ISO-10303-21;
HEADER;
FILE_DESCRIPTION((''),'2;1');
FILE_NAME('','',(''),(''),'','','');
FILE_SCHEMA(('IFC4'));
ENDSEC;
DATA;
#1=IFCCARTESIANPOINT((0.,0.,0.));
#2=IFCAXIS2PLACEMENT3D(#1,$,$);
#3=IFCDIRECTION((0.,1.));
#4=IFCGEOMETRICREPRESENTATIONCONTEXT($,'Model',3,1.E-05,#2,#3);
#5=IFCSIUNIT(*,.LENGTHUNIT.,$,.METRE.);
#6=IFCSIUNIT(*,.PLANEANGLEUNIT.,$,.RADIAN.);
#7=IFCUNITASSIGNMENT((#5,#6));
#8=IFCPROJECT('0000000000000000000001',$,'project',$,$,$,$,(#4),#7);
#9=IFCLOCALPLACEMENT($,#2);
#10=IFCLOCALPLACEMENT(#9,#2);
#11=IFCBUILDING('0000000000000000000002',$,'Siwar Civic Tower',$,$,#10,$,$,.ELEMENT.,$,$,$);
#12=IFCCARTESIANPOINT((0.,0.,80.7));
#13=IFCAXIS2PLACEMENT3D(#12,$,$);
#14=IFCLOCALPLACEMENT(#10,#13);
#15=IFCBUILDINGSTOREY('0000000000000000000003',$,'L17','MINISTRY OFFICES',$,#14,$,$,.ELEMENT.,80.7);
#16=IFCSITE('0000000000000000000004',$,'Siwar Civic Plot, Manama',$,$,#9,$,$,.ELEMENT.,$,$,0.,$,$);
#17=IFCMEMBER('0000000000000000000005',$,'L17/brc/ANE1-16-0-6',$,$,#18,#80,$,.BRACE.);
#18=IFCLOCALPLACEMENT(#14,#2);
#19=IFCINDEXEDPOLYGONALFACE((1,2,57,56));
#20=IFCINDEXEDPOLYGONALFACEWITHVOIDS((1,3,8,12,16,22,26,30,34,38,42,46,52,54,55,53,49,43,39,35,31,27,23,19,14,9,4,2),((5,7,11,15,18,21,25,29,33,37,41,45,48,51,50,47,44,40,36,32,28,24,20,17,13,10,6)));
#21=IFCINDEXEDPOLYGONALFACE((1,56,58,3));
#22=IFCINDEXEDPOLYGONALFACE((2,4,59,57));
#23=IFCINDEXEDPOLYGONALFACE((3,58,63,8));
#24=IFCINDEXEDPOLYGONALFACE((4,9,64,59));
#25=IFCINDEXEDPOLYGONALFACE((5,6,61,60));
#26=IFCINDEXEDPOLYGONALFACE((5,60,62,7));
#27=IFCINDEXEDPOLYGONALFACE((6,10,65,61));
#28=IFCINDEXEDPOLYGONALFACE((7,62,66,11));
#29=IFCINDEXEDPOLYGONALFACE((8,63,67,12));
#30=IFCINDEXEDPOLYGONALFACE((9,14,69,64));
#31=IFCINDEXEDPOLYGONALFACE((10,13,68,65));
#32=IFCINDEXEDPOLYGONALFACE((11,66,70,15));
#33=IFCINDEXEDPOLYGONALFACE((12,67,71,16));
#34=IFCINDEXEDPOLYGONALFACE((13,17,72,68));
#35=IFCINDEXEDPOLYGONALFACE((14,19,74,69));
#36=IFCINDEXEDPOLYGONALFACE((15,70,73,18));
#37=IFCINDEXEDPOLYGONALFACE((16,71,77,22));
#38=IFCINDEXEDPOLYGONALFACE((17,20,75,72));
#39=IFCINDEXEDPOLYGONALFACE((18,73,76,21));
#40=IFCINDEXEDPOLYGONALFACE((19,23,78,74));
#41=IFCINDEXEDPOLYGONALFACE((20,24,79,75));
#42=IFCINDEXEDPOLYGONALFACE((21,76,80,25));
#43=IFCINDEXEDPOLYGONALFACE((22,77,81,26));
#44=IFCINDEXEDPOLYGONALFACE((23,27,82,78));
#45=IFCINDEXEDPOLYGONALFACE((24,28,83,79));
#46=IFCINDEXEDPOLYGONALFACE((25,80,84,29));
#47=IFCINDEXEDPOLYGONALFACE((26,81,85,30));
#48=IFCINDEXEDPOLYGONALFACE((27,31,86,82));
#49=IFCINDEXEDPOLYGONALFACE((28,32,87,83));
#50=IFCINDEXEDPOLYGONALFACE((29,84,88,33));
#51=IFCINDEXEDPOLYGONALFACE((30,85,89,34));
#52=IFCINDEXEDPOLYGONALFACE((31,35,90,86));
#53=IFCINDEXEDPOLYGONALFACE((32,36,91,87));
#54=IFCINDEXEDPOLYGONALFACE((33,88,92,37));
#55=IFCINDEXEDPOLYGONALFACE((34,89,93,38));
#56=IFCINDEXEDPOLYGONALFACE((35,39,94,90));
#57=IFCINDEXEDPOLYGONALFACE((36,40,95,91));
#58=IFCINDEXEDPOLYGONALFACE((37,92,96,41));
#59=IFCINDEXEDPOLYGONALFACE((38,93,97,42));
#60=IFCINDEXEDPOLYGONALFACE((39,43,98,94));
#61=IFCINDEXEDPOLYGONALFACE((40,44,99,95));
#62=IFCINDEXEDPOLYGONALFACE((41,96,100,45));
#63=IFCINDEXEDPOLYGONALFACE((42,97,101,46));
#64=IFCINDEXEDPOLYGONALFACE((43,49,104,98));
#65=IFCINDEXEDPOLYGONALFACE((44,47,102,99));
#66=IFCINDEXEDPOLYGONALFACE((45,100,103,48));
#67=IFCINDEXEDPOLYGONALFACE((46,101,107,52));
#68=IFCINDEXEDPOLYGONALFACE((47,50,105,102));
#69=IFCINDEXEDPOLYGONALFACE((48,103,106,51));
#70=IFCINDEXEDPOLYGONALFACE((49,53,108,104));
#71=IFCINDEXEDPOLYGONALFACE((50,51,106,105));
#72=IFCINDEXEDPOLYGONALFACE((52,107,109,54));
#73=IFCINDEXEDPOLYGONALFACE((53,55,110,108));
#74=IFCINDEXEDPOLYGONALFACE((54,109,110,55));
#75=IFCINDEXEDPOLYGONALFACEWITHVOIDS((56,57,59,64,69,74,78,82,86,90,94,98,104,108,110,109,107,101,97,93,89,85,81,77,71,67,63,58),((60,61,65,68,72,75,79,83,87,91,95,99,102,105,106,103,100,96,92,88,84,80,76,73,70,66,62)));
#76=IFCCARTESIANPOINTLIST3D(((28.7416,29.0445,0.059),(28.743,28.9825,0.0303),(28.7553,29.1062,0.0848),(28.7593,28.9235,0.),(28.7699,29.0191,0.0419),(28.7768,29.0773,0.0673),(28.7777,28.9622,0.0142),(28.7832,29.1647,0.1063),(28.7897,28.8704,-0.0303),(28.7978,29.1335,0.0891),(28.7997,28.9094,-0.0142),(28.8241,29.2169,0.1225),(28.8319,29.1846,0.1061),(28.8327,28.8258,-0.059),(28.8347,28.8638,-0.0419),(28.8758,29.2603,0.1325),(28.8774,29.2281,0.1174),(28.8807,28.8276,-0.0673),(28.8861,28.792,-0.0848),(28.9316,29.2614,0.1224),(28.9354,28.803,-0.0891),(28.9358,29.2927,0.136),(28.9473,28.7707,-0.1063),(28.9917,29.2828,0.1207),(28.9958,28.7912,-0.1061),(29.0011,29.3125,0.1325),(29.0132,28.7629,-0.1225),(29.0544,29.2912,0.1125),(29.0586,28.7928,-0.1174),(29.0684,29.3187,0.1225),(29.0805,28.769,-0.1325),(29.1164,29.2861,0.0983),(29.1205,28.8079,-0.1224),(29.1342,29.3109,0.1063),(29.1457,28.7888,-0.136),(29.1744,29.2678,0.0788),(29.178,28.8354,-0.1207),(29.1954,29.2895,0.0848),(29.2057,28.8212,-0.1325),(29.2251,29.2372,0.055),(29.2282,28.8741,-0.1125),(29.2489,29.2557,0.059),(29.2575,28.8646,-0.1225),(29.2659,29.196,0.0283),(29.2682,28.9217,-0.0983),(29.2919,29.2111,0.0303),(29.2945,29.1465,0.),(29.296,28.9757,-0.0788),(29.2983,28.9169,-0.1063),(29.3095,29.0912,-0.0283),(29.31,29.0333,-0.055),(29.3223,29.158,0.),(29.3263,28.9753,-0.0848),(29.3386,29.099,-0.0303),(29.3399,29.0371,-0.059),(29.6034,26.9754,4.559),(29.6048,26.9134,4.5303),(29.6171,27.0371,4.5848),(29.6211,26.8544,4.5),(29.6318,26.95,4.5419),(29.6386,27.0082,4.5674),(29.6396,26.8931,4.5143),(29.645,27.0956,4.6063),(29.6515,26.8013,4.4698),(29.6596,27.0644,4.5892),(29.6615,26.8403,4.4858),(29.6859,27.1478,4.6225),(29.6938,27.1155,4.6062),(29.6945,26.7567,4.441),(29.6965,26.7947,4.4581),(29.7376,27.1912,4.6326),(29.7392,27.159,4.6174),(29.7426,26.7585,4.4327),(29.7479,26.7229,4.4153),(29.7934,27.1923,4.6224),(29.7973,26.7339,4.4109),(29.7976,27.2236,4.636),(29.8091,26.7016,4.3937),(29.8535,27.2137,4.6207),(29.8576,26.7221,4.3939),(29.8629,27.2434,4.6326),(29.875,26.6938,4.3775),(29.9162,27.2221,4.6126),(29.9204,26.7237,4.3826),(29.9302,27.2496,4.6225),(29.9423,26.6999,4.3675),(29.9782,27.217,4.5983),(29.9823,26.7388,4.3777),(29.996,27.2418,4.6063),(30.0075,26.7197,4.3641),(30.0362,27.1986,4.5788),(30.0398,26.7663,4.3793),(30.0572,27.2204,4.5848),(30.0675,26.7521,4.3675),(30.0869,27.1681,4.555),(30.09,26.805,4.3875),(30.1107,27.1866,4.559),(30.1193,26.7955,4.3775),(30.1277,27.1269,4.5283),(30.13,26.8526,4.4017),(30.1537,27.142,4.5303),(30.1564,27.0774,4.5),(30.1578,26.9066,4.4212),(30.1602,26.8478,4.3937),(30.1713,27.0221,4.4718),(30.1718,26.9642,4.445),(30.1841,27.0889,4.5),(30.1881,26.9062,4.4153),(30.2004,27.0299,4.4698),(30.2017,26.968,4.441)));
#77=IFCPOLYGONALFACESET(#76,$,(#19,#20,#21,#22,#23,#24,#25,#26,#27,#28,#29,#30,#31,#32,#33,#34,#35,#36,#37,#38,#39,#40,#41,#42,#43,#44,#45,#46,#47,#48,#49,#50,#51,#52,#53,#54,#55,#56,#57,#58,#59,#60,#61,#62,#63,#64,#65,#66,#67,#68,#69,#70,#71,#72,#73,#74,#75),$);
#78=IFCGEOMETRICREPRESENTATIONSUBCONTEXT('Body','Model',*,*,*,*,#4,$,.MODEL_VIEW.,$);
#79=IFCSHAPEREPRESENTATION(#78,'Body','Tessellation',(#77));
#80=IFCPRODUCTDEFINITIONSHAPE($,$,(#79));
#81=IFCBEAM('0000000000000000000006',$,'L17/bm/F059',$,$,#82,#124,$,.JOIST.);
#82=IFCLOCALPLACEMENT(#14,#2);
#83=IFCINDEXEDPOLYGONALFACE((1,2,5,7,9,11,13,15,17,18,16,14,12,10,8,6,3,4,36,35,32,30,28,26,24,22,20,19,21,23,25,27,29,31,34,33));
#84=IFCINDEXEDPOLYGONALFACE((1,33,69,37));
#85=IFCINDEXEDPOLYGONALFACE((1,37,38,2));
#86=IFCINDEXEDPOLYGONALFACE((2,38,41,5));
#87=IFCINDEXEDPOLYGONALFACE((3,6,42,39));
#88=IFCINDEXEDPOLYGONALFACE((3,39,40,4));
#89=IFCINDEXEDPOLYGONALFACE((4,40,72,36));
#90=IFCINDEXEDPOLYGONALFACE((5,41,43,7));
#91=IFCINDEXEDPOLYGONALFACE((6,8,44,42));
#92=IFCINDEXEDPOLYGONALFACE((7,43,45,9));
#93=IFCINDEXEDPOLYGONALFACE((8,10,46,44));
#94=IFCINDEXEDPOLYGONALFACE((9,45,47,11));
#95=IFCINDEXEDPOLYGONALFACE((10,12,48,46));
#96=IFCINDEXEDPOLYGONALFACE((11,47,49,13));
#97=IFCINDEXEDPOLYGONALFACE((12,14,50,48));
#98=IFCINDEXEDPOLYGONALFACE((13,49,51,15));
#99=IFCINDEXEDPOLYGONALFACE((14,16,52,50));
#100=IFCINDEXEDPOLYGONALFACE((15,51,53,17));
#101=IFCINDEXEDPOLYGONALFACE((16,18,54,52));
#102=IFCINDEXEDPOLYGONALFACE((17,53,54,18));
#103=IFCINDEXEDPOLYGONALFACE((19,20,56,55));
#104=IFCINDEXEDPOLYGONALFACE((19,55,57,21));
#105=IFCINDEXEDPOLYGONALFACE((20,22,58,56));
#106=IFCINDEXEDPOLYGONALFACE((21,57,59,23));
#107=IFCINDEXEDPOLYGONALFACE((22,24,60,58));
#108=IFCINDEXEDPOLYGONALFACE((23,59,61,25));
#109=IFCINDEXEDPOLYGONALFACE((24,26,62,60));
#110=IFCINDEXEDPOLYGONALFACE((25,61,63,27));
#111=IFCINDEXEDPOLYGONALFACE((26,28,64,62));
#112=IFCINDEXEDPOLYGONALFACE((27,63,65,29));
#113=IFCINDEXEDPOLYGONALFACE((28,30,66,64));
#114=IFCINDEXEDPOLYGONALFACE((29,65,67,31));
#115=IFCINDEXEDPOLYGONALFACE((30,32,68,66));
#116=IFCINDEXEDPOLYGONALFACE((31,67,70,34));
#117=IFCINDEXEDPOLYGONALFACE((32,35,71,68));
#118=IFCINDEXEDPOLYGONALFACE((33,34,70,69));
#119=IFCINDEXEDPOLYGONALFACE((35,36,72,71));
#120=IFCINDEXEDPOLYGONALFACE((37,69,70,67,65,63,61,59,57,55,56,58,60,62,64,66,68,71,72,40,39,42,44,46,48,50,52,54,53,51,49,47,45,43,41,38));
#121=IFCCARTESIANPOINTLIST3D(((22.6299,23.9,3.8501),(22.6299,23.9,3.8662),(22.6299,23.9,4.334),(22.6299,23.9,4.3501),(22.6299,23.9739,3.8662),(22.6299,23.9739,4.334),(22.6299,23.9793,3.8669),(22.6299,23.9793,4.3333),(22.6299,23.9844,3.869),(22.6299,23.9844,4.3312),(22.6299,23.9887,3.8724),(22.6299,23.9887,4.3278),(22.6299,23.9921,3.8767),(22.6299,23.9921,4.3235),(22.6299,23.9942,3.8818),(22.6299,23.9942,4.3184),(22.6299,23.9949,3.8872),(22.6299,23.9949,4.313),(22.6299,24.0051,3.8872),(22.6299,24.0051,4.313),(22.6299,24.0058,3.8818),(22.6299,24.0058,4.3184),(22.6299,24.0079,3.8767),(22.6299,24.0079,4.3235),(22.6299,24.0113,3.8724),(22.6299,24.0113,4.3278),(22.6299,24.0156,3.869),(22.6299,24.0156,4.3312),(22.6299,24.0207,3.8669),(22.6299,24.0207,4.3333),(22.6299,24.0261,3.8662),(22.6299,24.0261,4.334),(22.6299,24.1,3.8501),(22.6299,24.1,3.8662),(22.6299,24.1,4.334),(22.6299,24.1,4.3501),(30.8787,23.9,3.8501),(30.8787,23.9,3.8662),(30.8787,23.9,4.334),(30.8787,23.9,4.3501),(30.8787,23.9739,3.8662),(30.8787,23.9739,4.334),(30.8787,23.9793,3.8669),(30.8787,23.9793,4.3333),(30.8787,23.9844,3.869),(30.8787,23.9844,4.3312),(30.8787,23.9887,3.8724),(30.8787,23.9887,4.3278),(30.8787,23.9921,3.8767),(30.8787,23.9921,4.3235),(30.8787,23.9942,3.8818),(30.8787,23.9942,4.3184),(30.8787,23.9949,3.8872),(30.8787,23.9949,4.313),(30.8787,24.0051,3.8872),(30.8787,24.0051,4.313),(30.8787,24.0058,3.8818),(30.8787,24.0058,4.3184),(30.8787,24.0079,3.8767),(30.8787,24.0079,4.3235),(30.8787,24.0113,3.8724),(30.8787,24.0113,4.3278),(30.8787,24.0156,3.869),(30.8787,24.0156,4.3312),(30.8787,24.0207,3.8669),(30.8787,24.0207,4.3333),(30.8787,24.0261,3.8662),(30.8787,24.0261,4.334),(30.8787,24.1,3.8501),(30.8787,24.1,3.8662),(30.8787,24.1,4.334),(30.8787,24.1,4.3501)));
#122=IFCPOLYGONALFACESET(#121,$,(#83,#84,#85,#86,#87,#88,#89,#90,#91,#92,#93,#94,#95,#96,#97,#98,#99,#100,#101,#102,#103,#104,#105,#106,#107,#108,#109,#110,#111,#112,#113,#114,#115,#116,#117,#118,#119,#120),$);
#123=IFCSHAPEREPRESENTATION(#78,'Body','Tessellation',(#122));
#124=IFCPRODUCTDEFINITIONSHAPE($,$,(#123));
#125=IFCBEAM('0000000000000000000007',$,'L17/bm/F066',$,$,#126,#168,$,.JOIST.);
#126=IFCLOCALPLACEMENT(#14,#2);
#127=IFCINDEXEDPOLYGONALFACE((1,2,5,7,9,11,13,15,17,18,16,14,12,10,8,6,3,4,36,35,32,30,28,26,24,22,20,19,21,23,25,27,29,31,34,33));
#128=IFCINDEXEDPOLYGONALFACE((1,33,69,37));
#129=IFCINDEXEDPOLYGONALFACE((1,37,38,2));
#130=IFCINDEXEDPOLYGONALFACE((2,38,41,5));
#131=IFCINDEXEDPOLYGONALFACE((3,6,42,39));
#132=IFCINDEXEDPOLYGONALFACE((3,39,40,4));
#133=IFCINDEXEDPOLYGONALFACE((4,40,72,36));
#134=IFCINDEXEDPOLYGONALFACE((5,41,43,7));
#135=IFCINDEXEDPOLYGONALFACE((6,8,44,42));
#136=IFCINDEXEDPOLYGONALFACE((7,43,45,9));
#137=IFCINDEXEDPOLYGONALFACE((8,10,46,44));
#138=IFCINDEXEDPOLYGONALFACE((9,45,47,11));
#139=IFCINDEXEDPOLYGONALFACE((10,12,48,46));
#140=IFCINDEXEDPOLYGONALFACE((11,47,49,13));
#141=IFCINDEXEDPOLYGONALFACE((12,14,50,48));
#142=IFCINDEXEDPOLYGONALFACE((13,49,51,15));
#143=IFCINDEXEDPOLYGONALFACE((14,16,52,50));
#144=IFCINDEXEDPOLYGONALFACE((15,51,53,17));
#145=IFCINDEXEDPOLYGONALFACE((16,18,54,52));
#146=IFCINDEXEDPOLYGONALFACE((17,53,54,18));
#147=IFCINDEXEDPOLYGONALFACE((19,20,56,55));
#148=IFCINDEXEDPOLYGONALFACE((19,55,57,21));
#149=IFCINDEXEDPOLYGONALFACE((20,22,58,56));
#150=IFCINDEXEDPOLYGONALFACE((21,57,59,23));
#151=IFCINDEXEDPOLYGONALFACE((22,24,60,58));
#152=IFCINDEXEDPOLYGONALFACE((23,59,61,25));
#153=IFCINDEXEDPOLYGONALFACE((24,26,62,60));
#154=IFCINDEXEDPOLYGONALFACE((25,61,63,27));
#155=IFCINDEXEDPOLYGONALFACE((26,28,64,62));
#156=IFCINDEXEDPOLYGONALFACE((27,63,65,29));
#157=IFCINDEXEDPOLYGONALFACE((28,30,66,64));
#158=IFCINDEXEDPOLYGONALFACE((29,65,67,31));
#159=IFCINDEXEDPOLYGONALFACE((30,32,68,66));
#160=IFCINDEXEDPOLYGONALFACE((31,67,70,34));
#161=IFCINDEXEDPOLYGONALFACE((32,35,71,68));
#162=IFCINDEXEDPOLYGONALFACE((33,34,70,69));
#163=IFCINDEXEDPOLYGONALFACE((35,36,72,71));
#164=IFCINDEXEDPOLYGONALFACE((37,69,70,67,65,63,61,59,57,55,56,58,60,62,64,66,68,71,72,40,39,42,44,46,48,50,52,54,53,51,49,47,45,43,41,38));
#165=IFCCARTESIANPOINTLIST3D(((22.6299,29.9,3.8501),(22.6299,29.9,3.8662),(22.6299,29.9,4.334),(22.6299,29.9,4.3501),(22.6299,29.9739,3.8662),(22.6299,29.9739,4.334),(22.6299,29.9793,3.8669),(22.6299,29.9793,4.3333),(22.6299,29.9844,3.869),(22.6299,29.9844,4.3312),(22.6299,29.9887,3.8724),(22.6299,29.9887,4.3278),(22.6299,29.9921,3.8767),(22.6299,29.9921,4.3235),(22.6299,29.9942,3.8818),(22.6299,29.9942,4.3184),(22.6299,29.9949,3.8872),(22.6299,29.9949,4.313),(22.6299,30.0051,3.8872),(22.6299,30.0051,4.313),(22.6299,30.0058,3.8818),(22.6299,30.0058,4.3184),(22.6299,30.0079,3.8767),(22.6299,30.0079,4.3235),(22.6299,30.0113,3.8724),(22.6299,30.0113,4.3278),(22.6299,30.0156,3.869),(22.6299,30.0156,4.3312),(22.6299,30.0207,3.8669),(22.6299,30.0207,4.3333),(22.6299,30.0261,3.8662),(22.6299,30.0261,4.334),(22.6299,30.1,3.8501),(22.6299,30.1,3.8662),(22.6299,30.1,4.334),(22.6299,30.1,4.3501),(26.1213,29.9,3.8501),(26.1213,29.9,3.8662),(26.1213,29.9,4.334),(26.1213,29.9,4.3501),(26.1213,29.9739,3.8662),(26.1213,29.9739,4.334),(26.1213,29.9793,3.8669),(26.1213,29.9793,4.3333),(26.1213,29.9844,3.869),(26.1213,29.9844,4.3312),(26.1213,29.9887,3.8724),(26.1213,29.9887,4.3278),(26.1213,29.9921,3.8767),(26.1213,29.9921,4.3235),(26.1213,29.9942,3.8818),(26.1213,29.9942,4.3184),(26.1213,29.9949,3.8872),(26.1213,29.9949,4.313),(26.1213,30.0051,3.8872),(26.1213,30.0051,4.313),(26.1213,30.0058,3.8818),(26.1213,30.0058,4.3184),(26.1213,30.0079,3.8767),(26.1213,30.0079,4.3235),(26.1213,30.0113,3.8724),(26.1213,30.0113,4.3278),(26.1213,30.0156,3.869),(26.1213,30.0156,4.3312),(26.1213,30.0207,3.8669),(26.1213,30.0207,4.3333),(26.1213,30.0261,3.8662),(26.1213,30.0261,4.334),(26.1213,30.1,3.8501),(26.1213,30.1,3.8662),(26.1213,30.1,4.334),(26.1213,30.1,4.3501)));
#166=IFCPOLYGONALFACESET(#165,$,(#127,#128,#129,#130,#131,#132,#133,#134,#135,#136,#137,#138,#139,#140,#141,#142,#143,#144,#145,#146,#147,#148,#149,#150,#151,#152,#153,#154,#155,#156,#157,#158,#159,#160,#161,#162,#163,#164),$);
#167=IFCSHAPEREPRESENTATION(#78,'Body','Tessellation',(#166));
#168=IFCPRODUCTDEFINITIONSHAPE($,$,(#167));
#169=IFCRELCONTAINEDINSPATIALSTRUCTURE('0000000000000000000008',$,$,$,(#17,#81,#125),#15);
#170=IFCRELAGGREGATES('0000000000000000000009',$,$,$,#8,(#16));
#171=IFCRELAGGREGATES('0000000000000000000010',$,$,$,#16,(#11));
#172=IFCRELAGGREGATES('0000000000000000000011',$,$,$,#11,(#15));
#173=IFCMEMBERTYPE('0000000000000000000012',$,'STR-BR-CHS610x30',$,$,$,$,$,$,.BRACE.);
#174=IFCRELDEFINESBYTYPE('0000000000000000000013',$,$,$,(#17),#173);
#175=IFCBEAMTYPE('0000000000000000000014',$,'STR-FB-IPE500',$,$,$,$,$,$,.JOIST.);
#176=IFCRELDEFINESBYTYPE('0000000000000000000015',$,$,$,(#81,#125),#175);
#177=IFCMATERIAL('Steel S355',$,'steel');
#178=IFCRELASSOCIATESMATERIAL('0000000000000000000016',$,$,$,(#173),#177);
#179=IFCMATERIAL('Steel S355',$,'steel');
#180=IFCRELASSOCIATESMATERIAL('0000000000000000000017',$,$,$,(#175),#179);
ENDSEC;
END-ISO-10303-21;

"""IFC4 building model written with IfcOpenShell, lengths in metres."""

from ifc_helpers import new_model, si_unit, direction, frame, origin, origin_2d, place, context, subcontext, project, spatial, hollow_circle, i_section, extrude, material, material_profile, profile_set, type_object, element, save


model = new_model("IFC4")

# Units and contexts
model_context = context("Model", 3, precision=1e-05, world=origin(), true_north=direction((0.0, 1.0)))
body_context = subcontext(model_context, "Body", "Model", "MODEL_VIEW")
ifc_project = project(units=[si_unit("LENGTHUNIT", "METRE"), si_unit("PLANEANGLEUNIT", "RADIAN")], contexts=[model_context])

# Site, building, storey
site_placement = place(None, origin())
site = spatial("IfcSite", under=ifc_project, at=site_placement, Name="Siwar Civic Plot, Manama", CompositionType="ELEMENT", RefElevation=0.0)
building_placement = place(site_placement, origin())
building = spatial("IfcBuilding", under=site, at=building_placement, Name="Siwar Civic Tower", CompositionType="ELEMENT")
storey_placement = place(building_placement, frame((0.0, 0.0, 80.7)))
storey = spatial("IfcBuildingStorey", under=building, at=storey_placement, Name="L17", Description="MINISTRY OFFICES", CompositionType="ELEMENT", Elevation=80.7)

# Member
ifc_material_1 = material(Name="Steel S355", Category="steel")
ifc_material_profile_1 = material_profile(ifc_material_1, hollow_circle(Radius=0.3049, WallThickness=0.03, at=origin_2d()), Name="CHS610x30")
ifc_profile_set_1 = profile_set([ifc_material_profile_1], Name="Steel S355")
member_type_1 = type_object("IfcMemberType", Name="STR-BR-CHS610x30", PredefinedType="BRACE", material=ifc_profile_set_1)
member_1_placement = place(storey_placement, frame((29.0408, 29.0408, 0.0), z_axis=(0.171427, -0.41157, 0.895111), x_axis=(0.923125, 0.384499, 0.0)))
element("IfcMember", 1, at=member_1_placement, inside=storey, type_object=member_type_1, Name="L17/brc/ANE1-16-0-6", PredefinedType="BRACE", context=body_context, shape_type="SweptSolid", body=[
    extrude(hollow_circle(Radius=0.3049, WallThickness=0.03, at=origin_2d()), origin(), (0.0, 0.0, 1.0), 5.0273),
])

# Beams
ifc_material_2 = material(Name="Steel S355", Category="steel")
ifc_material_profile_2 = material_profile(ifc_material_2, i_section(OverallWidth=0.2, OverallDepth=0.5, WebThickness=0.0103, FlangeThickness=0.0161, FilletRadius=0.021, at=origin_2d()), Name="IPE500")
ifc_profile_set_2 = profile_set([ifc_material_profile_2], Name="Steel S355")
beam_type_1 = type_object("IfcBeamType", Name="STR-FB-IPE500", PredefinedType="JOIST", material=ifc_profile_set_2)
beam_1_placement = place(storey_placement, frame((22.6299, 24.0, 4.1001), z_axis=(1.0, 0.0, 0.0), x_axis=(0.0, 1.0, 0.0)))
element("IfcBeam", 2, at=beam_1_placement, inside=storey, type_object=beam_type_1, Name="L17/bm/F059", PredefinedType="JOIST", context=body_context, shape_type="SweptSolid", body=[
    extrude(i_section(OverallWidth=0.2, OverallDepth=0.5, WebThickness=0.0103, FlangeThickness=0.0161, FilletRadius=0.021, at=origin_2d()), origin(), (0.0, 0.0, 1.0), 8.2488),
])
beam_2_placement = place(storey_placement, frame((22.6299, 30.0, 4.1001), z_axis=(1.0, 0.0, 0.0), x_axis=(0.0, 1.0, 0.0)))
element("IfcBeam", 3, at=beam_2_placement, inside=storey, type_object=beam_type_1, Name="L17/bm/F066", PredefinedType="JOIST", context=body_context, shape_type="SweptSolid", body=[
    extrude(i_section(OverallWidth=0.2, OverallDepth=0.5, WebThickness=0.0103, FlangeThickness=0.0161, FilletRadius=0.021, at=origin_2d()), origin(), (0.0, 0.0, 1.0), 3.4915),
])

save(model, "model.ifc")
